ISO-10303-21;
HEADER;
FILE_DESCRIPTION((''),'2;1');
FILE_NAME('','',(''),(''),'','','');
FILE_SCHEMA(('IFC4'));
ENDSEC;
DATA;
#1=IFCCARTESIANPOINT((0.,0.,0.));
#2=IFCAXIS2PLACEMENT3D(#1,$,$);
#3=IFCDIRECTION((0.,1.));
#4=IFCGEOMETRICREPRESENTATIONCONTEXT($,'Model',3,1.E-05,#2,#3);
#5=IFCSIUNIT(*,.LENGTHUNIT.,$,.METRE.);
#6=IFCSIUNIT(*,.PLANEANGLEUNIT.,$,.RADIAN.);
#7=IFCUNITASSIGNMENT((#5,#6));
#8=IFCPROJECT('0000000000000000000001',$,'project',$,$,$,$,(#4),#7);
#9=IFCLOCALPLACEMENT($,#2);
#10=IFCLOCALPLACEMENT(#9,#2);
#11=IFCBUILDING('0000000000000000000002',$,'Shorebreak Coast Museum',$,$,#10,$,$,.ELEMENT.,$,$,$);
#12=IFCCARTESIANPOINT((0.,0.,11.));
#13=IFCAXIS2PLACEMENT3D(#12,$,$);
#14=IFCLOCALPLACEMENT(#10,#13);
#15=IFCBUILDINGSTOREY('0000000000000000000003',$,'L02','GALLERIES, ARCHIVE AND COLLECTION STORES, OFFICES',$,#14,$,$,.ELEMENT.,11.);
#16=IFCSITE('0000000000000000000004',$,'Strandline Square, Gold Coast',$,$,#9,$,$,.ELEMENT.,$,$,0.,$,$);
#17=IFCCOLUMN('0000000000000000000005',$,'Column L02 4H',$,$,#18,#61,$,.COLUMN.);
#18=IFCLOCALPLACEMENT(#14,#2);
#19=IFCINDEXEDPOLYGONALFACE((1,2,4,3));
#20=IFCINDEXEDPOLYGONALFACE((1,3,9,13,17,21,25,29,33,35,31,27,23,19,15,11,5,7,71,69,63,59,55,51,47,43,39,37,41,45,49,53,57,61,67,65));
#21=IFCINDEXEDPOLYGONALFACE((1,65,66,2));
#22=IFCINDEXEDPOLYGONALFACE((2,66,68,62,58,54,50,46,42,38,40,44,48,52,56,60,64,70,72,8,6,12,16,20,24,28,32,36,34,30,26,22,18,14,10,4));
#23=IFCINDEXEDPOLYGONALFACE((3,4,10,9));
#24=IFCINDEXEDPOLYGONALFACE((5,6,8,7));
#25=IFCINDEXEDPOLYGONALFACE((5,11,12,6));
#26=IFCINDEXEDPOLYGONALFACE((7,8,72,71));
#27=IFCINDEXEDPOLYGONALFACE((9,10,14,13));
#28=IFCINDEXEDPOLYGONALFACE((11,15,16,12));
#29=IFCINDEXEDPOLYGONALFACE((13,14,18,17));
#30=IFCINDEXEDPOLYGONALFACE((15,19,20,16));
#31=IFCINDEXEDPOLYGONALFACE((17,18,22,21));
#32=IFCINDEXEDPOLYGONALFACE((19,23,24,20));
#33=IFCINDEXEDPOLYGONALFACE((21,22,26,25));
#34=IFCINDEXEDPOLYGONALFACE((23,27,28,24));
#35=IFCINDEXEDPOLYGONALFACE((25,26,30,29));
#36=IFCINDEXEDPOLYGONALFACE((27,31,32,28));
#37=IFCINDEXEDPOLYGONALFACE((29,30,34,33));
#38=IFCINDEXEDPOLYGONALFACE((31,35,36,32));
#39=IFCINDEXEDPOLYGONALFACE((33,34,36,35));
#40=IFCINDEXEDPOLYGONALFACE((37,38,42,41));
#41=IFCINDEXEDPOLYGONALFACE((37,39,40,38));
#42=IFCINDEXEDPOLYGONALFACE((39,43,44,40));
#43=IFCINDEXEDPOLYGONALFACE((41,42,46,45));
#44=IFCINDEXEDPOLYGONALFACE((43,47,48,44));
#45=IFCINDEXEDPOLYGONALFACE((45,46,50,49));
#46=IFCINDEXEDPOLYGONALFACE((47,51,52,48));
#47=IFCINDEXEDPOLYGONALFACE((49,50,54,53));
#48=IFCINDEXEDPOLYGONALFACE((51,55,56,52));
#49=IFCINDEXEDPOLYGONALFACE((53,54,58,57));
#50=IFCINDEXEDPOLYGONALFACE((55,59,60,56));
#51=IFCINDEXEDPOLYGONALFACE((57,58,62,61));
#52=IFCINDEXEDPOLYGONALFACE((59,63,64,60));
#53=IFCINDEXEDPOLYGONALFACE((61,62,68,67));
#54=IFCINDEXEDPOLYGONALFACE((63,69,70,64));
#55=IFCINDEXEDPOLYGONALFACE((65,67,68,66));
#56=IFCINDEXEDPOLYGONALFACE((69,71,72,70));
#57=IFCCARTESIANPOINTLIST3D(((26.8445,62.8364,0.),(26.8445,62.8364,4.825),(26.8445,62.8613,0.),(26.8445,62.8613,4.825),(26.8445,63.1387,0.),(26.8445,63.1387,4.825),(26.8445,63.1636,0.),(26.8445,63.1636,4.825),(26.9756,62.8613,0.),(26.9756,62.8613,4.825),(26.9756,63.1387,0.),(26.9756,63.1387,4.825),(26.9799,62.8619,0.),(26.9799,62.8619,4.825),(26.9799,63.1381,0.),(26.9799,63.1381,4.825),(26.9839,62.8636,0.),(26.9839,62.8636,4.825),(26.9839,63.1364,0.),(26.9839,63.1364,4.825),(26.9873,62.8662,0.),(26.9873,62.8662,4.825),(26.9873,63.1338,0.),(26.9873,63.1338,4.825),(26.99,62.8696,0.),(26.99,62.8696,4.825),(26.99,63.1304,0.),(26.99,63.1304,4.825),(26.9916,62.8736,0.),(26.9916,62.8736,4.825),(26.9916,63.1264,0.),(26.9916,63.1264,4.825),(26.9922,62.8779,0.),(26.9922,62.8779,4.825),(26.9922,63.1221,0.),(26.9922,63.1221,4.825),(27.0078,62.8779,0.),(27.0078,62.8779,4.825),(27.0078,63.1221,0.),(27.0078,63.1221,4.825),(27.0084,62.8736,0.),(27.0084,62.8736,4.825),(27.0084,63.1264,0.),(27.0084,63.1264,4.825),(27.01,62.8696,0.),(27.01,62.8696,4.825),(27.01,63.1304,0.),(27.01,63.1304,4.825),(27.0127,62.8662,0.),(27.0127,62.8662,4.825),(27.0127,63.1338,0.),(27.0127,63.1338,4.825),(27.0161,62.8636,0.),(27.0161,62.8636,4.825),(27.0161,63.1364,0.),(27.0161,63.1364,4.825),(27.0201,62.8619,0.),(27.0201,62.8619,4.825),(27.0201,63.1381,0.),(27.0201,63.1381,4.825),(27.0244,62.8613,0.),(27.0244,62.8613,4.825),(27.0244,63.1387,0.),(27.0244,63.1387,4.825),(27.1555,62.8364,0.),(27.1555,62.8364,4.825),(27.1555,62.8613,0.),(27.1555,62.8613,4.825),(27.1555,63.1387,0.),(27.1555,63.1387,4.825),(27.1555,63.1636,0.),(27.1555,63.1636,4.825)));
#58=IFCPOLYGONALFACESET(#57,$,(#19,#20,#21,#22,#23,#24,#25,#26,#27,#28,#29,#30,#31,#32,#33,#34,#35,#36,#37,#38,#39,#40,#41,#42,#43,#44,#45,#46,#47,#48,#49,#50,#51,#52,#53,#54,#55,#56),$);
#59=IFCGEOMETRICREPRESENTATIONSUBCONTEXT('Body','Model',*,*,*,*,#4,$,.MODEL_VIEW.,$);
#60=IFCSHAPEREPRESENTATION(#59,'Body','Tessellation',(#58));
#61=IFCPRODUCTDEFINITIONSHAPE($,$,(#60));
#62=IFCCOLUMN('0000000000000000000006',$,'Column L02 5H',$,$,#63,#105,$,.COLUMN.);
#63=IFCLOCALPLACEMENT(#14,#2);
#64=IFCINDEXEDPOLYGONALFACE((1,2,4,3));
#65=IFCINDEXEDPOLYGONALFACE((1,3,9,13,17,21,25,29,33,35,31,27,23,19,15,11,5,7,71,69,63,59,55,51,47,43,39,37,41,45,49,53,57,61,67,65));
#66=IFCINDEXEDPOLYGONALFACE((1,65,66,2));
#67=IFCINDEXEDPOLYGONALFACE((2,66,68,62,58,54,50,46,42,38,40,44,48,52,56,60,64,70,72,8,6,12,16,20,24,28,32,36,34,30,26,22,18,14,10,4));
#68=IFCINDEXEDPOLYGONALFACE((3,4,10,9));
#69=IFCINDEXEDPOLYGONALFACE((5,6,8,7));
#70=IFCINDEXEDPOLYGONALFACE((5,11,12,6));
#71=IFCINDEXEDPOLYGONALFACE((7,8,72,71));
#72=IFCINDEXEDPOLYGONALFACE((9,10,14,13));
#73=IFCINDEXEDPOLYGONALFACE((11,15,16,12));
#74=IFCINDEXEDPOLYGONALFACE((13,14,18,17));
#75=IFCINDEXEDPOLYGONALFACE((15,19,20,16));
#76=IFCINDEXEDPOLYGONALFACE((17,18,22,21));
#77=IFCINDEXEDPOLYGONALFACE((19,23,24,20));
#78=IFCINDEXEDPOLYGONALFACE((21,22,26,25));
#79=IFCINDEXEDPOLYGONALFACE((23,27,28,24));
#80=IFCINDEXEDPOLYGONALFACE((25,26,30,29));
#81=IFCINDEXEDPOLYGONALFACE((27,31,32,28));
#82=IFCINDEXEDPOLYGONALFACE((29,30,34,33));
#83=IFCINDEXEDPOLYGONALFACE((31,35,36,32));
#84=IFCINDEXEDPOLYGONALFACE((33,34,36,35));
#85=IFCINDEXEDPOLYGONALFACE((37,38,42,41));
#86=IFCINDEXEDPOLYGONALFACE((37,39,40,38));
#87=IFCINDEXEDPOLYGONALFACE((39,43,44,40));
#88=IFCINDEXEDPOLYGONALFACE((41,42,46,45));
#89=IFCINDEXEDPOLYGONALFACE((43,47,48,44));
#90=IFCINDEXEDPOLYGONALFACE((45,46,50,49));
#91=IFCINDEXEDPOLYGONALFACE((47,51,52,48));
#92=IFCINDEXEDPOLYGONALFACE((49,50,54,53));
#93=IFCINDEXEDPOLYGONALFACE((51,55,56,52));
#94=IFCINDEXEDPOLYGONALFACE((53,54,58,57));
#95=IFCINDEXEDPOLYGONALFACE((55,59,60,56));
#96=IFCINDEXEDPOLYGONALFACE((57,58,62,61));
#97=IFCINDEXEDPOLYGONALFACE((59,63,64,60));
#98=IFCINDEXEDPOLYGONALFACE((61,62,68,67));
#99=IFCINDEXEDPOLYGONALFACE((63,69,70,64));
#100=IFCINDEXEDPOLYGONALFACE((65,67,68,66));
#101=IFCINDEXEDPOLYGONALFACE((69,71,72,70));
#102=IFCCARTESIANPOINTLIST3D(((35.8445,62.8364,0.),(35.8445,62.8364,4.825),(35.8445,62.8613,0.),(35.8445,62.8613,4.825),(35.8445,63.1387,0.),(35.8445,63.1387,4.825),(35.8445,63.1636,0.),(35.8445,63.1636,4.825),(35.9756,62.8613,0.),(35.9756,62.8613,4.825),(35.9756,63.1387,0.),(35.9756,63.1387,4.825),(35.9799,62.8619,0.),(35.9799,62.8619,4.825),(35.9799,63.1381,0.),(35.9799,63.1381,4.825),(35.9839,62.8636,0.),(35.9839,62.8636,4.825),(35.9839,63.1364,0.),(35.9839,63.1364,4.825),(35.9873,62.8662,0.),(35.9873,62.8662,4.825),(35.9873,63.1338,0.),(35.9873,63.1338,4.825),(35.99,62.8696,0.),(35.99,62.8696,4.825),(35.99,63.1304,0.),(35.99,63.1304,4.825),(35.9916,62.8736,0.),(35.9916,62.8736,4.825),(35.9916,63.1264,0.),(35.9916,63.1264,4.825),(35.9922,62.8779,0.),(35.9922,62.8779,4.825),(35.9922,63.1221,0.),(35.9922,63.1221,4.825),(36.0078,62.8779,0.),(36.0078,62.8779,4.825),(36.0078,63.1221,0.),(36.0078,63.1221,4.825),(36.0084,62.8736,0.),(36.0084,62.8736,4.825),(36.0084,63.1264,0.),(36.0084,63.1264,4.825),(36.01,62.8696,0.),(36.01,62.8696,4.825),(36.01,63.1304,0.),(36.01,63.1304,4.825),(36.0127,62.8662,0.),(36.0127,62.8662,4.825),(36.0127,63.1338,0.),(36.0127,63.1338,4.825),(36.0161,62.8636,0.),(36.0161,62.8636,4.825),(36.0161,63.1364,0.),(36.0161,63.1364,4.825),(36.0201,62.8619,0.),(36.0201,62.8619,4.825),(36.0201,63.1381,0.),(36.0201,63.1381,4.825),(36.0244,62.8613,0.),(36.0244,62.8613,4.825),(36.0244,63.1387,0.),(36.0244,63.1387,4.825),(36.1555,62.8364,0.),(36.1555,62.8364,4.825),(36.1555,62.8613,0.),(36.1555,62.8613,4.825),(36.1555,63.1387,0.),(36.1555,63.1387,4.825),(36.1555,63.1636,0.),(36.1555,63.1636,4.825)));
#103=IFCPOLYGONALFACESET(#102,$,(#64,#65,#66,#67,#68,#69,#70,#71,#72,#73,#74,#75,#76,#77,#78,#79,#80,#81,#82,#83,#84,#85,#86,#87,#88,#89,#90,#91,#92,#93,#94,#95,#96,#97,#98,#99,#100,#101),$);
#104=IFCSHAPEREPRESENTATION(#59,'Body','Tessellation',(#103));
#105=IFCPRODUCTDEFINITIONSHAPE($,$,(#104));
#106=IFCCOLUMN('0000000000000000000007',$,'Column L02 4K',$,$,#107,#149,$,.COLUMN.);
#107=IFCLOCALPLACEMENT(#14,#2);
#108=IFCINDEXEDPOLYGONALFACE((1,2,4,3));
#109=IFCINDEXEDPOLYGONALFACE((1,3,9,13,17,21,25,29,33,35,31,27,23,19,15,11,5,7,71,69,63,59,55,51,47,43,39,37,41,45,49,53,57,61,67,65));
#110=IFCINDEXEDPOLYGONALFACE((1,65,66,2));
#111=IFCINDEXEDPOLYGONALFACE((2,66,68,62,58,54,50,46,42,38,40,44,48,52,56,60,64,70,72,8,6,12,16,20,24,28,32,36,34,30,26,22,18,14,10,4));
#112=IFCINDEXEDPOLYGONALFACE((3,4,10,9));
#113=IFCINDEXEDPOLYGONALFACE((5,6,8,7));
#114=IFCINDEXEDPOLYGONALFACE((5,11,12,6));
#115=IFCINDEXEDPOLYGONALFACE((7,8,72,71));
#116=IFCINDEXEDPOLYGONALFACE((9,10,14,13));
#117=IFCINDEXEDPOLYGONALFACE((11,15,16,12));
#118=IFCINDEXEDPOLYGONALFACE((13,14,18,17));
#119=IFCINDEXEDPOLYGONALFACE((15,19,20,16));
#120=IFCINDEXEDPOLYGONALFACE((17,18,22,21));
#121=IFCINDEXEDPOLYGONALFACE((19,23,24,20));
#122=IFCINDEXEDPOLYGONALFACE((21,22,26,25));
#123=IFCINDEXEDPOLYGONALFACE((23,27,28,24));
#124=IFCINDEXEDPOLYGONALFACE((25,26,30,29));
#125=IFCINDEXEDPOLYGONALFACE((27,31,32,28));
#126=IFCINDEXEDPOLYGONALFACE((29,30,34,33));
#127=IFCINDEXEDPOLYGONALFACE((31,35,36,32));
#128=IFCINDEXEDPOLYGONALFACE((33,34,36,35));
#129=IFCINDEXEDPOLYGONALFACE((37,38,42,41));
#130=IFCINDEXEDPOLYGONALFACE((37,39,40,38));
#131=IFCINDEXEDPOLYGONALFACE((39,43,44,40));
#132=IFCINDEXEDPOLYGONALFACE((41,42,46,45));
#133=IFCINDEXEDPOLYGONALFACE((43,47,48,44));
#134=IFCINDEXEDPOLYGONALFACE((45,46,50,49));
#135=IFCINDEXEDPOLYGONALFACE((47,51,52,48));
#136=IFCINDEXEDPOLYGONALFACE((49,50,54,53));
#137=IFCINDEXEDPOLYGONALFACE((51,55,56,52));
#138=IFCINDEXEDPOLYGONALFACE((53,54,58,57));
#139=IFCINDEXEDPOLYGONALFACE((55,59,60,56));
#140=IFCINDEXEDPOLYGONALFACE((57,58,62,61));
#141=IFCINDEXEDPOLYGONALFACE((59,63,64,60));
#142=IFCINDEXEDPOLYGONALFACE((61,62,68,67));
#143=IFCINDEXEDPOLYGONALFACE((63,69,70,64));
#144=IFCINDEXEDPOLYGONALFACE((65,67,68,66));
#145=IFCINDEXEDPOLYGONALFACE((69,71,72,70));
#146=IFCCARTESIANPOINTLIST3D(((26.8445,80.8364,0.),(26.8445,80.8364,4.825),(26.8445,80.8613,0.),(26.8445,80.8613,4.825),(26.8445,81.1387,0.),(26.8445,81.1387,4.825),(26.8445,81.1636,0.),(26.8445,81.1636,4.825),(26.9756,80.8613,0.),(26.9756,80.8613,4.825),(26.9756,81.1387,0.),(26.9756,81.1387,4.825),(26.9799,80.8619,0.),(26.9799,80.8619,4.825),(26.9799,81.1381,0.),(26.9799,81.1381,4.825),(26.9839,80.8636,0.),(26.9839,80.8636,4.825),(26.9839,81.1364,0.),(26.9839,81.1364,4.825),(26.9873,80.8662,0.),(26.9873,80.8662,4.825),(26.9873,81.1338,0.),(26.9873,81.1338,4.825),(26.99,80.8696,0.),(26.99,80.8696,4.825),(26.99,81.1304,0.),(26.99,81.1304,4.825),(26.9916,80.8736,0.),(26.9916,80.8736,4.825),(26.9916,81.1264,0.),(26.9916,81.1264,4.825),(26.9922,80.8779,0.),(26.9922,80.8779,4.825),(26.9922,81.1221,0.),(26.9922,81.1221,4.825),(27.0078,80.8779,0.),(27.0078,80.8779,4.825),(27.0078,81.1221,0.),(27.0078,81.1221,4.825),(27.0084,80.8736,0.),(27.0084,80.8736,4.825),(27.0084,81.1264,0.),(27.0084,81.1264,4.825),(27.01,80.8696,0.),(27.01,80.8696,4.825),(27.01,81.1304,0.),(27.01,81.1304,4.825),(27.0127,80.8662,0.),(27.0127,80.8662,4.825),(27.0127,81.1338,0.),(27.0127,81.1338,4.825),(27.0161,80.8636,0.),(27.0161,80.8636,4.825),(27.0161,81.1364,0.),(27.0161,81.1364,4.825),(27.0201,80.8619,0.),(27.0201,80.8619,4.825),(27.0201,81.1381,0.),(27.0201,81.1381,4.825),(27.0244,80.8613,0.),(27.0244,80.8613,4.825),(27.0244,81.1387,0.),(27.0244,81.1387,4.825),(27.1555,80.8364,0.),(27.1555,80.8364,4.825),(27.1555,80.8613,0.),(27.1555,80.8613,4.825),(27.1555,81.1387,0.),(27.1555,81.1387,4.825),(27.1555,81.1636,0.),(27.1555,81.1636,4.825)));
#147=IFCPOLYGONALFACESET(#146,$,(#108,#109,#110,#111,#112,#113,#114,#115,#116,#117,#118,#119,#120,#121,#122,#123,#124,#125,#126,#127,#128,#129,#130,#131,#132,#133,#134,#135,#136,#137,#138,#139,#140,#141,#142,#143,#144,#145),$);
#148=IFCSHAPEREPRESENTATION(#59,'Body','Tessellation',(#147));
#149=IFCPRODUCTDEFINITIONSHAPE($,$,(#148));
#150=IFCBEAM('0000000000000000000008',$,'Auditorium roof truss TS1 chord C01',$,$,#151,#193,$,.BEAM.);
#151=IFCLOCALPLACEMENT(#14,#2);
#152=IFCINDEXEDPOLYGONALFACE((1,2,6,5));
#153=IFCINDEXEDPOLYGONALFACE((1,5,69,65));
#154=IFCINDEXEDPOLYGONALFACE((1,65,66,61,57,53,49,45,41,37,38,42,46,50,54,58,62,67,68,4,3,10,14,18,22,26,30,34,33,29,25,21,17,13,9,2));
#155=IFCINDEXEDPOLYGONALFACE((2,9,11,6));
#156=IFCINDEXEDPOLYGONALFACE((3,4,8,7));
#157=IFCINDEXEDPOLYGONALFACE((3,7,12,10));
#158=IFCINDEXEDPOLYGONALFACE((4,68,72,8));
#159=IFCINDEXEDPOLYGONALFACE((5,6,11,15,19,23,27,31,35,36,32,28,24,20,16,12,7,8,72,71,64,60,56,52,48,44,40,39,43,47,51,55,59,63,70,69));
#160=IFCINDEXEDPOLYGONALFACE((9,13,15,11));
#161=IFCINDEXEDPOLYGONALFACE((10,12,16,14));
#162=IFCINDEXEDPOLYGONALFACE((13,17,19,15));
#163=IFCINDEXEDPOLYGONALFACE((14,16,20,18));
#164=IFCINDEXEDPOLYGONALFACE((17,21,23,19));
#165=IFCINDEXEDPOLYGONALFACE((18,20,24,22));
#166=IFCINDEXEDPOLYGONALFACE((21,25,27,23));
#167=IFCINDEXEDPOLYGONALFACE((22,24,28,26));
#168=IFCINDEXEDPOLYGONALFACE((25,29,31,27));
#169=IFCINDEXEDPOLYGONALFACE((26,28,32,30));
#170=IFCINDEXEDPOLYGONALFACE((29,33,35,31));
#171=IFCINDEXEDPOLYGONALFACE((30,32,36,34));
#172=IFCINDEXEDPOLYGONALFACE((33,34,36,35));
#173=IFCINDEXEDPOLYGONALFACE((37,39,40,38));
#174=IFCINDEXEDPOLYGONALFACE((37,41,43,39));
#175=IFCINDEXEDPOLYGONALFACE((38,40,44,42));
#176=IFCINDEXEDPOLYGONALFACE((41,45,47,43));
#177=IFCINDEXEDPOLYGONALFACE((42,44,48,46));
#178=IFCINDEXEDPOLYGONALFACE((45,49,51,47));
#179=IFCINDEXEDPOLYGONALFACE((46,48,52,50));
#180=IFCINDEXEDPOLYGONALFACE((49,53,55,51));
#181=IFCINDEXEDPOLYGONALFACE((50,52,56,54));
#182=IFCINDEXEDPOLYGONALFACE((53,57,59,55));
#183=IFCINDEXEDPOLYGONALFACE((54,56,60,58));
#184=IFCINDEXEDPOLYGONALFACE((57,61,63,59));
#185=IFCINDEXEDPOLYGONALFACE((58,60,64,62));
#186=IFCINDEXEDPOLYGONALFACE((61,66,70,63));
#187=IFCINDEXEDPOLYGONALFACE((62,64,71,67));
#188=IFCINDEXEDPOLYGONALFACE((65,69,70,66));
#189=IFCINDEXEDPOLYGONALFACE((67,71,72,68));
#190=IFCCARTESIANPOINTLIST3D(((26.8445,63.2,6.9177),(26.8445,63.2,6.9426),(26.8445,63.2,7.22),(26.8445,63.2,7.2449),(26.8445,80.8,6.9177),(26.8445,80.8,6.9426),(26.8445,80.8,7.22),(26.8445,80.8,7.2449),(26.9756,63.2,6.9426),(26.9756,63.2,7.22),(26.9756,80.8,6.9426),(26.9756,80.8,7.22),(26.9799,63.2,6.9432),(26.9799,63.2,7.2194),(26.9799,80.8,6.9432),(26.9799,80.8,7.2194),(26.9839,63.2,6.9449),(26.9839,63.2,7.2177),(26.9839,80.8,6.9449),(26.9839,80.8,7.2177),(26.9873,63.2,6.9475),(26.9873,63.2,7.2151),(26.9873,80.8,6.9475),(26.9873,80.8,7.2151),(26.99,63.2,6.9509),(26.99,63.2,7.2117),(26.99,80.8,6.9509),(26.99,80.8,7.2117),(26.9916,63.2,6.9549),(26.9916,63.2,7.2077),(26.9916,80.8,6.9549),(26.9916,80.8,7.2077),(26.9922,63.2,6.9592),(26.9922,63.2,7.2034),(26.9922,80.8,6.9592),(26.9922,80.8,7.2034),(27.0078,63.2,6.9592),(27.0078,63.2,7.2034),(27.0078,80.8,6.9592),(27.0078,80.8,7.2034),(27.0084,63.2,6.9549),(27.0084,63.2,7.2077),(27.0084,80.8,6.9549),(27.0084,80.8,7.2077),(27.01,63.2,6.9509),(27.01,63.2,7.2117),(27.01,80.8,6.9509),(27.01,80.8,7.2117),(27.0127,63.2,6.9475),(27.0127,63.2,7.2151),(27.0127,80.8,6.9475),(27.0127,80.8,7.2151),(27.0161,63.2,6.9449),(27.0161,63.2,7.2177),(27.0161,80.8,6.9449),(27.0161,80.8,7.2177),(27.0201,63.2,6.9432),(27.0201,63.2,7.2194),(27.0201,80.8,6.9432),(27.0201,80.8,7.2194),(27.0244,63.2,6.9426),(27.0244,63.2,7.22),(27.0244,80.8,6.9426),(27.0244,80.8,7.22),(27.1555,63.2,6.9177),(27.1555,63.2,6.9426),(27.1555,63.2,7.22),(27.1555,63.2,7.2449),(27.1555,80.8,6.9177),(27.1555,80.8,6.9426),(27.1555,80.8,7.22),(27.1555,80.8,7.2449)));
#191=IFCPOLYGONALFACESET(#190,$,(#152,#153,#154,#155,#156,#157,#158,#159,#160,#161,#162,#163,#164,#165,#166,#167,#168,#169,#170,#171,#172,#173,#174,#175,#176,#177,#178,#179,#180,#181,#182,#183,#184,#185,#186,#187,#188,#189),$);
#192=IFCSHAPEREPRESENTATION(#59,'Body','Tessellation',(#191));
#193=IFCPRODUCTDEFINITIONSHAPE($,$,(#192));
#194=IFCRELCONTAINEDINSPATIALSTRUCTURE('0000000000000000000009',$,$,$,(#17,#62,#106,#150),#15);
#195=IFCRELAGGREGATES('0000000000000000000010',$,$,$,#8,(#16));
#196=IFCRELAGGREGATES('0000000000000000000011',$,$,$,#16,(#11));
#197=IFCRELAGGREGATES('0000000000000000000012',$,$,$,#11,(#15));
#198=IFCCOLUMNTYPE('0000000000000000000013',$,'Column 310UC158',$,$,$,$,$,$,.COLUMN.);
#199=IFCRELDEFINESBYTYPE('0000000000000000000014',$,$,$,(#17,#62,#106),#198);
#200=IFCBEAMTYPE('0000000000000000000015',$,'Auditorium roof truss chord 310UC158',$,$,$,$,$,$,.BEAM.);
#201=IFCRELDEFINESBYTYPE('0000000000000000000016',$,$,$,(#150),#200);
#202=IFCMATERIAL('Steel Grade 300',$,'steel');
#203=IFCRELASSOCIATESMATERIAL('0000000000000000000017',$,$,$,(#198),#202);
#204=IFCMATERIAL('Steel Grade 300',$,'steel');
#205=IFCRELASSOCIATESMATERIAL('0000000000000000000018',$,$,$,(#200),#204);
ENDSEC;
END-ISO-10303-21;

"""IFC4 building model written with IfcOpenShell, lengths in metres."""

from ifc_helpers import new_model, si_unit, direction, frame, origin, origin_2d, place, context, subcontext, project, spatial, i_section, extrude, material, material_profile, profile_set, type_object, element, save


model = new_model("IFC4")

# Units and contexts
model_context = context("Model", 3, precision=1e-05, world=origin(), true_north=direction((0.0, 1.0)))
body_context = subcontext(model_context, "Body", "Model", "MODEL_VIEW")
ifc_project = project(units=[si_unit("LENGTHUNIT", "METRE"), si_unit("PLANEANGLEUNIT", "RADIAN")], contexts=[model_context])

# Site, building, storey
site_placement = place(None, origin())
site = spatial("IfcSite", under=ifc_project, at=site_placement, Name="Strandline Square, Gold Coast", CompositionType="ELEMENT", RefElevation=0.0)
building_placement = place(site_placement, origin())
building = spatial("IfcBuilding", under=site, at=building_placement, Name="Shorebreak Coast Museum", CompositionType="ELEMENT")
storey_placement = place(building_placement, frame((0.0, 0.0, 11.0)))
storey = spatial("IfcBuildingStorey", under=building, at=storey_placement, Name="L02", Description="GALLERIES, ARCHIVE AND COLLECTION STORES, OFFICES", CompositionType="ELEMENT", Elevation=11.0)

# Columns
ifc_material_1 = material(Name="Steel Grade 300", Category="steel")
ifc_material_profile_1 = material_profile(ifc_material_1, i_section(OverallWidth=0.311, OverallDepth=0.3271, WebThickness=0.0156, FlangeThickness=0.0249, FilletRadius=0.0166, at=origin_2d()), Name="310UC158")
ifc_profile_set_1 = profile_set([ifc_material_profile_1], Name="Steel Grade 300")
column_type = type_object("IfcColumnType", Name="Column 310UC158", PredefinedType="COLUMN", material=ifc_profile_set_1)
for number, where, z_axis, x_axis, name in (
    (1, (27.0, 63.0, 0.0), (0.0, 0.0, 1.0), (1.0, 0.0, 0.0), "Column L02 4H"),
    (2, (36.0, 63.0, 0.0), (0.0, 0.0, 1.0), (1.0, 0.0, 0.0), "Column L02 5H"),
    (3, (27.0, 81.0, 0.0), (0.0, 0.0, 1.0), (1.0, 0.0, 0.0), "Column L02 4K"),
):
    element("IfcColumn", number, at=place(storey_placement, frame(where, z_axis=z_axis, x_axis=x_axis)), inside=storey, type_object=column_type, Name=name, PredefinedType="COLUMN", context=body_context, shape_type="SweptSolid", body=[
        extrude(i_section(OverallWidth=0.311, OverallDepth=0.3271, WebThickness=0.0156, FlangeThickness=0.0249, FilletRadius=0.0166, at=origin_2d()), origin(), (0.0, 0.0, 1.0), 4.825),
    ])

# Beam
ifc_material_2 = material(Name="Steel Grade 300", Category="steel")
ifc_material_profile_2 = material_profile(ifc_material_2, i_section(OverallWidth=0.311, OverallDepth=0.3271, WebThickness=0.0156, FlangeThickness=0.0249, FilletRadius=0.0166, at=origin_2d()), Name="310UC158")
ifc_profile_set_2 = profile_set([ifc_material_profile_2], Name="Steel Grade 300")
beam_type_1 = type_object("IfcBeamType", Name="Auditorium roof truss chord 310UC158", PredefinedType="BEAM", material=ifc_profile_set_2)
for number, where, z_axis, x_axis, name in (
    (4, (27.0, 63.2, 7.0813), (0.0, 1.0, 0.0), (-1.0, 0.0, 0.0), "Auditorium roof truss TS1 chord C01"),
):
    element("IfcBeam", number, at=place(storey_placement, frame(where, z_axis=z_axis, x_axis=x_axis)), inside=storey, type_object=beam_type_1, Name=name, PredefinedType="BEAM", context=body_context, shape_type="SweptSolid", body=[
        extrude(i_section(OverallWidth=0.311, OverallDepth=0.3271, WebThickness=0.0156, FlangeThickness=0.0249, FilletRadius=0.0166, at=origin_2d()), origin(), (0.0, 0.0, 1.0), 17.6001),
    ])

save(model, "model.ifc")
